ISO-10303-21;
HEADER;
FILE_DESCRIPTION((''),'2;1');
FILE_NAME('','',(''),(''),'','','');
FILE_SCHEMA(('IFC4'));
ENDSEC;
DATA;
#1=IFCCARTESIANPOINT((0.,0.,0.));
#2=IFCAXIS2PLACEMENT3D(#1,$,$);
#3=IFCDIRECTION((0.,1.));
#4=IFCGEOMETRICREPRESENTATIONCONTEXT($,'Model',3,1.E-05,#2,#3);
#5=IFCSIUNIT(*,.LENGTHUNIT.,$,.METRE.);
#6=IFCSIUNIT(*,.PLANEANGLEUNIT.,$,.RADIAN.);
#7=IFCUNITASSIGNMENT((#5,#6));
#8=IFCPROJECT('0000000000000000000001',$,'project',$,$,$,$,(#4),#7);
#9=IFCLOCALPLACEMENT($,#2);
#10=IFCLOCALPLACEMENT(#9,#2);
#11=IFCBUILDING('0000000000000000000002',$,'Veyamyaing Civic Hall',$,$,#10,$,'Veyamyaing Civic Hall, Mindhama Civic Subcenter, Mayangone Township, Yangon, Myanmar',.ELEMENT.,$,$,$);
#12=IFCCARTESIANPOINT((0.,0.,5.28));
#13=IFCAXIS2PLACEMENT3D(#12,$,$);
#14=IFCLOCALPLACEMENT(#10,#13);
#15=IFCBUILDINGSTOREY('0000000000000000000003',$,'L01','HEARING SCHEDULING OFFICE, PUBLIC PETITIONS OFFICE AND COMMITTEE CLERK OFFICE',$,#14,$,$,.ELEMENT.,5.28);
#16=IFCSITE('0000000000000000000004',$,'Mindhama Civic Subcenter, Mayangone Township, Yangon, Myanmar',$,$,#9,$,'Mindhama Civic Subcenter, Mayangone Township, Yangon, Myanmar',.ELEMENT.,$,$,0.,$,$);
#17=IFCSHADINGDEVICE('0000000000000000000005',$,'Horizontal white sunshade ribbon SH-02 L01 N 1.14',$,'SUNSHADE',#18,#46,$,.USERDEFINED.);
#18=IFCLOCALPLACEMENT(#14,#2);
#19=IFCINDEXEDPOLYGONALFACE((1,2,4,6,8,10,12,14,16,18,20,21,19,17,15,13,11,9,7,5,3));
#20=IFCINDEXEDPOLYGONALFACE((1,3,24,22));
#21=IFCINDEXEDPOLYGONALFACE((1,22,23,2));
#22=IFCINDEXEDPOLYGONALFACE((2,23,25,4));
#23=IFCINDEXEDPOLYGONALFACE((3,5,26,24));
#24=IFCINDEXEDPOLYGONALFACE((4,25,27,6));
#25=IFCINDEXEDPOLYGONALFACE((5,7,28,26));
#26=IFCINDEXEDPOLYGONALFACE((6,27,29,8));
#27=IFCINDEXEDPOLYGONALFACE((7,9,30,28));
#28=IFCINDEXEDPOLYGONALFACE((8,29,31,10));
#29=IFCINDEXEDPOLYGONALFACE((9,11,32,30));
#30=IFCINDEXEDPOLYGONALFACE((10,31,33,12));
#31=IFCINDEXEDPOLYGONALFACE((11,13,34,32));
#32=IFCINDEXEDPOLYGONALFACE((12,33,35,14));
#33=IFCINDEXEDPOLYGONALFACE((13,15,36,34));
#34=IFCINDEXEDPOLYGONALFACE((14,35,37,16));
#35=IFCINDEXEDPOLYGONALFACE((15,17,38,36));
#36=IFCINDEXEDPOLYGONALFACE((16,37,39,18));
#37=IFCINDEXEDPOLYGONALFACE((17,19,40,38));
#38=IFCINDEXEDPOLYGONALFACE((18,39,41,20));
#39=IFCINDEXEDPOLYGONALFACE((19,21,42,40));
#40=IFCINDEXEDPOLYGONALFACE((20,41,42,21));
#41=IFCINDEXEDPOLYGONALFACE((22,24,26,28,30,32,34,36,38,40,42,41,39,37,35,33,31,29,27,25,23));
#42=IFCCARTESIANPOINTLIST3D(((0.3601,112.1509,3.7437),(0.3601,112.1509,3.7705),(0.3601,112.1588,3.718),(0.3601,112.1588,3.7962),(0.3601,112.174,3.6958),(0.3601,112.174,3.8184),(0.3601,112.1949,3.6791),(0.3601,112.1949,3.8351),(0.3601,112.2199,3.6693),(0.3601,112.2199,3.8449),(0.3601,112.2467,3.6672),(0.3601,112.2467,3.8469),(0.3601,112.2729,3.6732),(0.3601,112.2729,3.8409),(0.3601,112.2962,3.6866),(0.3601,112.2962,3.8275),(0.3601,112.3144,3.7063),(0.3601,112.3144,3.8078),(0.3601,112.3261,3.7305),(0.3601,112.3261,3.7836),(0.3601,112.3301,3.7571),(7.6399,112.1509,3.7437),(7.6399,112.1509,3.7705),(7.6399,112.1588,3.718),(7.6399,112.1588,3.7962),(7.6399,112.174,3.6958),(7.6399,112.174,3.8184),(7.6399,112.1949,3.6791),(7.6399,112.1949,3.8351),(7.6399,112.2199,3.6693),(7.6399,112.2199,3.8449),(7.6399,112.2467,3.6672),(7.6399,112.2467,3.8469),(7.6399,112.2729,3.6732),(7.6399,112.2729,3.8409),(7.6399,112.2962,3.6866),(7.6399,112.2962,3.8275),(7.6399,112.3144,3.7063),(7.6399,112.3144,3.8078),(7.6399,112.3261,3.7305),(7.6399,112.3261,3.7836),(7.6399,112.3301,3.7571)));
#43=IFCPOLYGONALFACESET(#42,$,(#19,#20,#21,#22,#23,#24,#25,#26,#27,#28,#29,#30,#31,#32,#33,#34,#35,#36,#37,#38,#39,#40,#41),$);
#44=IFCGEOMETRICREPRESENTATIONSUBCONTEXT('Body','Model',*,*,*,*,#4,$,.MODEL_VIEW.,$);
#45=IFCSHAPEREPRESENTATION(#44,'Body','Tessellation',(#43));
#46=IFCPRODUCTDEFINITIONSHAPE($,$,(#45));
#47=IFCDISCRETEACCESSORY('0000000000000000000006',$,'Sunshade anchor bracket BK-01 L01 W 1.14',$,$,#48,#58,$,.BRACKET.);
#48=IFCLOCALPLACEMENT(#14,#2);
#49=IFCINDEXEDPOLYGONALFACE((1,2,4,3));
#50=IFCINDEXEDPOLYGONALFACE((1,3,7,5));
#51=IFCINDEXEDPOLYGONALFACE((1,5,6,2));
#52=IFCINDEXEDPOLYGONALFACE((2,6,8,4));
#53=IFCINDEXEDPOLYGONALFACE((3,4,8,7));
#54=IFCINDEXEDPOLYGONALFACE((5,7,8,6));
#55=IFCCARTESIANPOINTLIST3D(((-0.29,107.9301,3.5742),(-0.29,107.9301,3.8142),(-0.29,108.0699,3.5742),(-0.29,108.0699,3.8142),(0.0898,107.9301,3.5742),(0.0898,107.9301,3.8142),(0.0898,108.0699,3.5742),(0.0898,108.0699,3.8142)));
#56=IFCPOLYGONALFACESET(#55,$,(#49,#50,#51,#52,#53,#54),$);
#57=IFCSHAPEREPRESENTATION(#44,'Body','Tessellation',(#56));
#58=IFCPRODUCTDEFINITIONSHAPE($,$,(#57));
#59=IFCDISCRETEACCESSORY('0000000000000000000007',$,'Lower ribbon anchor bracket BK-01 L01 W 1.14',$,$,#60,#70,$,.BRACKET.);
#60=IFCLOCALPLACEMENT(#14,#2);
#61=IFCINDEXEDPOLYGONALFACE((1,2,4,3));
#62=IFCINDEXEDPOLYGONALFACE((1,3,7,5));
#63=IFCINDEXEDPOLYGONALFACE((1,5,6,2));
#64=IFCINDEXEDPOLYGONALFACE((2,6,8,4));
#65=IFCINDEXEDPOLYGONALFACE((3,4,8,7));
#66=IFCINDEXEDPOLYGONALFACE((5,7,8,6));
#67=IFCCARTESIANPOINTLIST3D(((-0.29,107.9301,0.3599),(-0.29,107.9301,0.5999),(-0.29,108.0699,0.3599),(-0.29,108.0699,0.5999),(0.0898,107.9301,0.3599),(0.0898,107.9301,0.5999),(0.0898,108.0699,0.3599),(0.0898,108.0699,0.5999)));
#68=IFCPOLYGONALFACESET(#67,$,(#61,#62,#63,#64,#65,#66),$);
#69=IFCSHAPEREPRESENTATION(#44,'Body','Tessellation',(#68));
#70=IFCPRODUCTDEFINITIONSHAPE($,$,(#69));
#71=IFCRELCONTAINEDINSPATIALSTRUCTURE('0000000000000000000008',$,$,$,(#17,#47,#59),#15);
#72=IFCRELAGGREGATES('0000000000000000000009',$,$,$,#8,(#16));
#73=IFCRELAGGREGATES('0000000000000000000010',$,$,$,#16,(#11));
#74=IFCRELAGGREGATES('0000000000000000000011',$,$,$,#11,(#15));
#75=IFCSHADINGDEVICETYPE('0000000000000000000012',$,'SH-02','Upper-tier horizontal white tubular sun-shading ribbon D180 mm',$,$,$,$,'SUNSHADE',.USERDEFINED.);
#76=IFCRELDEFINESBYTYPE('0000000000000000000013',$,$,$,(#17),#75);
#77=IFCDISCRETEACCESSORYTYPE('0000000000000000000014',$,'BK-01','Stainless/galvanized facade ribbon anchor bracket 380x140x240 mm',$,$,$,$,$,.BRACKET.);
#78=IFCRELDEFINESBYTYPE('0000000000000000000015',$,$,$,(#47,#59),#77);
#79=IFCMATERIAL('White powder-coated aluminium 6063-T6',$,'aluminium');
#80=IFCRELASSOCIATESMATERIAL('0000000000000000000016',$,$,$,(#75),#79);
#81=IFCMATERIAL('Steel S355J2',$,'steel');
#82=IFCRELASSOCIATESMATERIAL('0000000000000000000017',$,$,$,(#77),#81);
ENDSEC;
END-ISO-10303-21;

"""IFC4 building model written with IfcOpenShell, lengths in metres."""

from ifc_helpers import new_model, si_unit, direction, frame, origin, origin_2d, place, context, subcontext, project, spatial, rectangle, circle, extrude, material, material_profile, profile_set, type_object, element, save


model = new_model("IFC4")

# Units and contexts
model_context = context("Model", 3, precision=1e-05, world=origin(), true_north=direction((0.0, 1.0)))
body_context = subcontext(model_context, "Body", "Model", "MODEL_VIEW")
ifc_project = project(units=[si_unit("LENGTHUNIT", "METRE"), si_unit("PLANEANGLEUNIT", "RADIAN")], contexts=[model_context])

# Site, building, storey
site_placement = place(None, origin())
site = spatial("IfcSite", under=ifc_project, at=site_placement, Name="Mindhama Civic Subcenter, Mayangone Township, Yangon, Myanmar", LongName="Mindhama Civic Subcenter, Mayangone Township, Yangon, Myanmar", CompositionType="ELEMENT", RefElevation=0.0)
building_placement = place(site_placement, origin())
building = spatial("IfcBuilding", under=site, at=building_placement, Name="Veyamyaing Civic Hall", LongName="Veyamyaing Civic Hall, Mindhama Civic Subcenter, Mayangone Township, Yangon, Myanmar", CompositionType="ELEMENT")
storey_placement = place(building_placement, frame((0.0, 0.0, 5.28)))
storey = spatial("IfcBuildingStorey", under=building, at=storey_placement, Name="L01", Description="HEARING SCHEDULING OFFICE, PUBLIC PETITIONS OFFICE AND COMMITTEE CLERK OFFICE", CompositionType="ELEMENT", Elevation=5.28)

# Shared definitions
ifc_material_1 = material(Name="White powder-coated aluminium 6063-T6", Category="aluminium")

# Shading device
ifc_material_profile_1 = material_profile(ifc_material_1, circle(Radius=0.0901, at=origin_2d()), Name="SHADE-TUBE-180")
ifc_profile_set_1 = profile_set([ifc_material_profile_1], Name="White powder-coated aluminium 6063-T6")
shading_device_type = type_object("IfcShadingDeviceType", Name="SH-02", Description="Upper-tier horizontal white tubular sun-shading ribbon D180 mm", ElementType="SUNSHADE", PredefinedType="USERDEFINED", material=ifc_profile_set_1)
shading_device_placement = place(storey_placement, frame((0.3601, 112.24, 3.7571), z_axis=(1.0, 0.0, 0.0), x_axis=(0.0, 1.0, 0.0)))
element("IfcShadingDevice", 1, at=shading_device_placement, inside=storey, type_object=shading_device_type, Name="Horizontal white sunshade ribbon SH-02 L01 N 1.14", ObjectType="SUNSHADE", PredefinedType="USERDEFINED", context=body_context, shape_type="SweptSolid", body=[
    extrude(circle(Radius=0.0901, at=origin_2d()), origin(), (0.0, 0.0, 1.0), 7.2798),
])

# Discrete accessories
ifc_material_2 = material(Name="Steel S355J2", Category="steel")
discrete_accessory_type = type_object("IfcDiscreteAccessoryType", Name="BK-01", Description="Stainless/galvanized facade ribbon anchor bracket 380x140x240 mm", PredefinedType="BRACKET", material=ifc_material_2)
for number, where, z_axis, x_axis, name in (
    (2, (-0.1001, 108.0, 3.5742), (0.0, 0.0, 1.0), (-1.0, 0.0, 0.0), "Sunshade anchor bracket BK-01 L01 W 1.14"),
    (3, (-0.1001, 108.0, 0.3599), (0.0, 0.0, 1.0), (-1.0, 0.0, 0.0), "Lower ribbon anchor bracket BK-01 L01 W 1.14"),
):
    element("IfcDiscreteAccessory", number, at=place(storey_placement, frame(where, z_axis=z_axis, x_axis=x_axis)), inside=storey, type_object=discrete_accessory_type, Name=name, PredefinedType="BRACKET", context=body_context, shape_type="SweptSolid", body=[
        extrude(rectangle(XDim=0.3799, YDim=0.1399, at=origin_2d()), origin(), (0.0, 0.0, 1.0), 0.24),
    ])

save(model, "model.ifc")
